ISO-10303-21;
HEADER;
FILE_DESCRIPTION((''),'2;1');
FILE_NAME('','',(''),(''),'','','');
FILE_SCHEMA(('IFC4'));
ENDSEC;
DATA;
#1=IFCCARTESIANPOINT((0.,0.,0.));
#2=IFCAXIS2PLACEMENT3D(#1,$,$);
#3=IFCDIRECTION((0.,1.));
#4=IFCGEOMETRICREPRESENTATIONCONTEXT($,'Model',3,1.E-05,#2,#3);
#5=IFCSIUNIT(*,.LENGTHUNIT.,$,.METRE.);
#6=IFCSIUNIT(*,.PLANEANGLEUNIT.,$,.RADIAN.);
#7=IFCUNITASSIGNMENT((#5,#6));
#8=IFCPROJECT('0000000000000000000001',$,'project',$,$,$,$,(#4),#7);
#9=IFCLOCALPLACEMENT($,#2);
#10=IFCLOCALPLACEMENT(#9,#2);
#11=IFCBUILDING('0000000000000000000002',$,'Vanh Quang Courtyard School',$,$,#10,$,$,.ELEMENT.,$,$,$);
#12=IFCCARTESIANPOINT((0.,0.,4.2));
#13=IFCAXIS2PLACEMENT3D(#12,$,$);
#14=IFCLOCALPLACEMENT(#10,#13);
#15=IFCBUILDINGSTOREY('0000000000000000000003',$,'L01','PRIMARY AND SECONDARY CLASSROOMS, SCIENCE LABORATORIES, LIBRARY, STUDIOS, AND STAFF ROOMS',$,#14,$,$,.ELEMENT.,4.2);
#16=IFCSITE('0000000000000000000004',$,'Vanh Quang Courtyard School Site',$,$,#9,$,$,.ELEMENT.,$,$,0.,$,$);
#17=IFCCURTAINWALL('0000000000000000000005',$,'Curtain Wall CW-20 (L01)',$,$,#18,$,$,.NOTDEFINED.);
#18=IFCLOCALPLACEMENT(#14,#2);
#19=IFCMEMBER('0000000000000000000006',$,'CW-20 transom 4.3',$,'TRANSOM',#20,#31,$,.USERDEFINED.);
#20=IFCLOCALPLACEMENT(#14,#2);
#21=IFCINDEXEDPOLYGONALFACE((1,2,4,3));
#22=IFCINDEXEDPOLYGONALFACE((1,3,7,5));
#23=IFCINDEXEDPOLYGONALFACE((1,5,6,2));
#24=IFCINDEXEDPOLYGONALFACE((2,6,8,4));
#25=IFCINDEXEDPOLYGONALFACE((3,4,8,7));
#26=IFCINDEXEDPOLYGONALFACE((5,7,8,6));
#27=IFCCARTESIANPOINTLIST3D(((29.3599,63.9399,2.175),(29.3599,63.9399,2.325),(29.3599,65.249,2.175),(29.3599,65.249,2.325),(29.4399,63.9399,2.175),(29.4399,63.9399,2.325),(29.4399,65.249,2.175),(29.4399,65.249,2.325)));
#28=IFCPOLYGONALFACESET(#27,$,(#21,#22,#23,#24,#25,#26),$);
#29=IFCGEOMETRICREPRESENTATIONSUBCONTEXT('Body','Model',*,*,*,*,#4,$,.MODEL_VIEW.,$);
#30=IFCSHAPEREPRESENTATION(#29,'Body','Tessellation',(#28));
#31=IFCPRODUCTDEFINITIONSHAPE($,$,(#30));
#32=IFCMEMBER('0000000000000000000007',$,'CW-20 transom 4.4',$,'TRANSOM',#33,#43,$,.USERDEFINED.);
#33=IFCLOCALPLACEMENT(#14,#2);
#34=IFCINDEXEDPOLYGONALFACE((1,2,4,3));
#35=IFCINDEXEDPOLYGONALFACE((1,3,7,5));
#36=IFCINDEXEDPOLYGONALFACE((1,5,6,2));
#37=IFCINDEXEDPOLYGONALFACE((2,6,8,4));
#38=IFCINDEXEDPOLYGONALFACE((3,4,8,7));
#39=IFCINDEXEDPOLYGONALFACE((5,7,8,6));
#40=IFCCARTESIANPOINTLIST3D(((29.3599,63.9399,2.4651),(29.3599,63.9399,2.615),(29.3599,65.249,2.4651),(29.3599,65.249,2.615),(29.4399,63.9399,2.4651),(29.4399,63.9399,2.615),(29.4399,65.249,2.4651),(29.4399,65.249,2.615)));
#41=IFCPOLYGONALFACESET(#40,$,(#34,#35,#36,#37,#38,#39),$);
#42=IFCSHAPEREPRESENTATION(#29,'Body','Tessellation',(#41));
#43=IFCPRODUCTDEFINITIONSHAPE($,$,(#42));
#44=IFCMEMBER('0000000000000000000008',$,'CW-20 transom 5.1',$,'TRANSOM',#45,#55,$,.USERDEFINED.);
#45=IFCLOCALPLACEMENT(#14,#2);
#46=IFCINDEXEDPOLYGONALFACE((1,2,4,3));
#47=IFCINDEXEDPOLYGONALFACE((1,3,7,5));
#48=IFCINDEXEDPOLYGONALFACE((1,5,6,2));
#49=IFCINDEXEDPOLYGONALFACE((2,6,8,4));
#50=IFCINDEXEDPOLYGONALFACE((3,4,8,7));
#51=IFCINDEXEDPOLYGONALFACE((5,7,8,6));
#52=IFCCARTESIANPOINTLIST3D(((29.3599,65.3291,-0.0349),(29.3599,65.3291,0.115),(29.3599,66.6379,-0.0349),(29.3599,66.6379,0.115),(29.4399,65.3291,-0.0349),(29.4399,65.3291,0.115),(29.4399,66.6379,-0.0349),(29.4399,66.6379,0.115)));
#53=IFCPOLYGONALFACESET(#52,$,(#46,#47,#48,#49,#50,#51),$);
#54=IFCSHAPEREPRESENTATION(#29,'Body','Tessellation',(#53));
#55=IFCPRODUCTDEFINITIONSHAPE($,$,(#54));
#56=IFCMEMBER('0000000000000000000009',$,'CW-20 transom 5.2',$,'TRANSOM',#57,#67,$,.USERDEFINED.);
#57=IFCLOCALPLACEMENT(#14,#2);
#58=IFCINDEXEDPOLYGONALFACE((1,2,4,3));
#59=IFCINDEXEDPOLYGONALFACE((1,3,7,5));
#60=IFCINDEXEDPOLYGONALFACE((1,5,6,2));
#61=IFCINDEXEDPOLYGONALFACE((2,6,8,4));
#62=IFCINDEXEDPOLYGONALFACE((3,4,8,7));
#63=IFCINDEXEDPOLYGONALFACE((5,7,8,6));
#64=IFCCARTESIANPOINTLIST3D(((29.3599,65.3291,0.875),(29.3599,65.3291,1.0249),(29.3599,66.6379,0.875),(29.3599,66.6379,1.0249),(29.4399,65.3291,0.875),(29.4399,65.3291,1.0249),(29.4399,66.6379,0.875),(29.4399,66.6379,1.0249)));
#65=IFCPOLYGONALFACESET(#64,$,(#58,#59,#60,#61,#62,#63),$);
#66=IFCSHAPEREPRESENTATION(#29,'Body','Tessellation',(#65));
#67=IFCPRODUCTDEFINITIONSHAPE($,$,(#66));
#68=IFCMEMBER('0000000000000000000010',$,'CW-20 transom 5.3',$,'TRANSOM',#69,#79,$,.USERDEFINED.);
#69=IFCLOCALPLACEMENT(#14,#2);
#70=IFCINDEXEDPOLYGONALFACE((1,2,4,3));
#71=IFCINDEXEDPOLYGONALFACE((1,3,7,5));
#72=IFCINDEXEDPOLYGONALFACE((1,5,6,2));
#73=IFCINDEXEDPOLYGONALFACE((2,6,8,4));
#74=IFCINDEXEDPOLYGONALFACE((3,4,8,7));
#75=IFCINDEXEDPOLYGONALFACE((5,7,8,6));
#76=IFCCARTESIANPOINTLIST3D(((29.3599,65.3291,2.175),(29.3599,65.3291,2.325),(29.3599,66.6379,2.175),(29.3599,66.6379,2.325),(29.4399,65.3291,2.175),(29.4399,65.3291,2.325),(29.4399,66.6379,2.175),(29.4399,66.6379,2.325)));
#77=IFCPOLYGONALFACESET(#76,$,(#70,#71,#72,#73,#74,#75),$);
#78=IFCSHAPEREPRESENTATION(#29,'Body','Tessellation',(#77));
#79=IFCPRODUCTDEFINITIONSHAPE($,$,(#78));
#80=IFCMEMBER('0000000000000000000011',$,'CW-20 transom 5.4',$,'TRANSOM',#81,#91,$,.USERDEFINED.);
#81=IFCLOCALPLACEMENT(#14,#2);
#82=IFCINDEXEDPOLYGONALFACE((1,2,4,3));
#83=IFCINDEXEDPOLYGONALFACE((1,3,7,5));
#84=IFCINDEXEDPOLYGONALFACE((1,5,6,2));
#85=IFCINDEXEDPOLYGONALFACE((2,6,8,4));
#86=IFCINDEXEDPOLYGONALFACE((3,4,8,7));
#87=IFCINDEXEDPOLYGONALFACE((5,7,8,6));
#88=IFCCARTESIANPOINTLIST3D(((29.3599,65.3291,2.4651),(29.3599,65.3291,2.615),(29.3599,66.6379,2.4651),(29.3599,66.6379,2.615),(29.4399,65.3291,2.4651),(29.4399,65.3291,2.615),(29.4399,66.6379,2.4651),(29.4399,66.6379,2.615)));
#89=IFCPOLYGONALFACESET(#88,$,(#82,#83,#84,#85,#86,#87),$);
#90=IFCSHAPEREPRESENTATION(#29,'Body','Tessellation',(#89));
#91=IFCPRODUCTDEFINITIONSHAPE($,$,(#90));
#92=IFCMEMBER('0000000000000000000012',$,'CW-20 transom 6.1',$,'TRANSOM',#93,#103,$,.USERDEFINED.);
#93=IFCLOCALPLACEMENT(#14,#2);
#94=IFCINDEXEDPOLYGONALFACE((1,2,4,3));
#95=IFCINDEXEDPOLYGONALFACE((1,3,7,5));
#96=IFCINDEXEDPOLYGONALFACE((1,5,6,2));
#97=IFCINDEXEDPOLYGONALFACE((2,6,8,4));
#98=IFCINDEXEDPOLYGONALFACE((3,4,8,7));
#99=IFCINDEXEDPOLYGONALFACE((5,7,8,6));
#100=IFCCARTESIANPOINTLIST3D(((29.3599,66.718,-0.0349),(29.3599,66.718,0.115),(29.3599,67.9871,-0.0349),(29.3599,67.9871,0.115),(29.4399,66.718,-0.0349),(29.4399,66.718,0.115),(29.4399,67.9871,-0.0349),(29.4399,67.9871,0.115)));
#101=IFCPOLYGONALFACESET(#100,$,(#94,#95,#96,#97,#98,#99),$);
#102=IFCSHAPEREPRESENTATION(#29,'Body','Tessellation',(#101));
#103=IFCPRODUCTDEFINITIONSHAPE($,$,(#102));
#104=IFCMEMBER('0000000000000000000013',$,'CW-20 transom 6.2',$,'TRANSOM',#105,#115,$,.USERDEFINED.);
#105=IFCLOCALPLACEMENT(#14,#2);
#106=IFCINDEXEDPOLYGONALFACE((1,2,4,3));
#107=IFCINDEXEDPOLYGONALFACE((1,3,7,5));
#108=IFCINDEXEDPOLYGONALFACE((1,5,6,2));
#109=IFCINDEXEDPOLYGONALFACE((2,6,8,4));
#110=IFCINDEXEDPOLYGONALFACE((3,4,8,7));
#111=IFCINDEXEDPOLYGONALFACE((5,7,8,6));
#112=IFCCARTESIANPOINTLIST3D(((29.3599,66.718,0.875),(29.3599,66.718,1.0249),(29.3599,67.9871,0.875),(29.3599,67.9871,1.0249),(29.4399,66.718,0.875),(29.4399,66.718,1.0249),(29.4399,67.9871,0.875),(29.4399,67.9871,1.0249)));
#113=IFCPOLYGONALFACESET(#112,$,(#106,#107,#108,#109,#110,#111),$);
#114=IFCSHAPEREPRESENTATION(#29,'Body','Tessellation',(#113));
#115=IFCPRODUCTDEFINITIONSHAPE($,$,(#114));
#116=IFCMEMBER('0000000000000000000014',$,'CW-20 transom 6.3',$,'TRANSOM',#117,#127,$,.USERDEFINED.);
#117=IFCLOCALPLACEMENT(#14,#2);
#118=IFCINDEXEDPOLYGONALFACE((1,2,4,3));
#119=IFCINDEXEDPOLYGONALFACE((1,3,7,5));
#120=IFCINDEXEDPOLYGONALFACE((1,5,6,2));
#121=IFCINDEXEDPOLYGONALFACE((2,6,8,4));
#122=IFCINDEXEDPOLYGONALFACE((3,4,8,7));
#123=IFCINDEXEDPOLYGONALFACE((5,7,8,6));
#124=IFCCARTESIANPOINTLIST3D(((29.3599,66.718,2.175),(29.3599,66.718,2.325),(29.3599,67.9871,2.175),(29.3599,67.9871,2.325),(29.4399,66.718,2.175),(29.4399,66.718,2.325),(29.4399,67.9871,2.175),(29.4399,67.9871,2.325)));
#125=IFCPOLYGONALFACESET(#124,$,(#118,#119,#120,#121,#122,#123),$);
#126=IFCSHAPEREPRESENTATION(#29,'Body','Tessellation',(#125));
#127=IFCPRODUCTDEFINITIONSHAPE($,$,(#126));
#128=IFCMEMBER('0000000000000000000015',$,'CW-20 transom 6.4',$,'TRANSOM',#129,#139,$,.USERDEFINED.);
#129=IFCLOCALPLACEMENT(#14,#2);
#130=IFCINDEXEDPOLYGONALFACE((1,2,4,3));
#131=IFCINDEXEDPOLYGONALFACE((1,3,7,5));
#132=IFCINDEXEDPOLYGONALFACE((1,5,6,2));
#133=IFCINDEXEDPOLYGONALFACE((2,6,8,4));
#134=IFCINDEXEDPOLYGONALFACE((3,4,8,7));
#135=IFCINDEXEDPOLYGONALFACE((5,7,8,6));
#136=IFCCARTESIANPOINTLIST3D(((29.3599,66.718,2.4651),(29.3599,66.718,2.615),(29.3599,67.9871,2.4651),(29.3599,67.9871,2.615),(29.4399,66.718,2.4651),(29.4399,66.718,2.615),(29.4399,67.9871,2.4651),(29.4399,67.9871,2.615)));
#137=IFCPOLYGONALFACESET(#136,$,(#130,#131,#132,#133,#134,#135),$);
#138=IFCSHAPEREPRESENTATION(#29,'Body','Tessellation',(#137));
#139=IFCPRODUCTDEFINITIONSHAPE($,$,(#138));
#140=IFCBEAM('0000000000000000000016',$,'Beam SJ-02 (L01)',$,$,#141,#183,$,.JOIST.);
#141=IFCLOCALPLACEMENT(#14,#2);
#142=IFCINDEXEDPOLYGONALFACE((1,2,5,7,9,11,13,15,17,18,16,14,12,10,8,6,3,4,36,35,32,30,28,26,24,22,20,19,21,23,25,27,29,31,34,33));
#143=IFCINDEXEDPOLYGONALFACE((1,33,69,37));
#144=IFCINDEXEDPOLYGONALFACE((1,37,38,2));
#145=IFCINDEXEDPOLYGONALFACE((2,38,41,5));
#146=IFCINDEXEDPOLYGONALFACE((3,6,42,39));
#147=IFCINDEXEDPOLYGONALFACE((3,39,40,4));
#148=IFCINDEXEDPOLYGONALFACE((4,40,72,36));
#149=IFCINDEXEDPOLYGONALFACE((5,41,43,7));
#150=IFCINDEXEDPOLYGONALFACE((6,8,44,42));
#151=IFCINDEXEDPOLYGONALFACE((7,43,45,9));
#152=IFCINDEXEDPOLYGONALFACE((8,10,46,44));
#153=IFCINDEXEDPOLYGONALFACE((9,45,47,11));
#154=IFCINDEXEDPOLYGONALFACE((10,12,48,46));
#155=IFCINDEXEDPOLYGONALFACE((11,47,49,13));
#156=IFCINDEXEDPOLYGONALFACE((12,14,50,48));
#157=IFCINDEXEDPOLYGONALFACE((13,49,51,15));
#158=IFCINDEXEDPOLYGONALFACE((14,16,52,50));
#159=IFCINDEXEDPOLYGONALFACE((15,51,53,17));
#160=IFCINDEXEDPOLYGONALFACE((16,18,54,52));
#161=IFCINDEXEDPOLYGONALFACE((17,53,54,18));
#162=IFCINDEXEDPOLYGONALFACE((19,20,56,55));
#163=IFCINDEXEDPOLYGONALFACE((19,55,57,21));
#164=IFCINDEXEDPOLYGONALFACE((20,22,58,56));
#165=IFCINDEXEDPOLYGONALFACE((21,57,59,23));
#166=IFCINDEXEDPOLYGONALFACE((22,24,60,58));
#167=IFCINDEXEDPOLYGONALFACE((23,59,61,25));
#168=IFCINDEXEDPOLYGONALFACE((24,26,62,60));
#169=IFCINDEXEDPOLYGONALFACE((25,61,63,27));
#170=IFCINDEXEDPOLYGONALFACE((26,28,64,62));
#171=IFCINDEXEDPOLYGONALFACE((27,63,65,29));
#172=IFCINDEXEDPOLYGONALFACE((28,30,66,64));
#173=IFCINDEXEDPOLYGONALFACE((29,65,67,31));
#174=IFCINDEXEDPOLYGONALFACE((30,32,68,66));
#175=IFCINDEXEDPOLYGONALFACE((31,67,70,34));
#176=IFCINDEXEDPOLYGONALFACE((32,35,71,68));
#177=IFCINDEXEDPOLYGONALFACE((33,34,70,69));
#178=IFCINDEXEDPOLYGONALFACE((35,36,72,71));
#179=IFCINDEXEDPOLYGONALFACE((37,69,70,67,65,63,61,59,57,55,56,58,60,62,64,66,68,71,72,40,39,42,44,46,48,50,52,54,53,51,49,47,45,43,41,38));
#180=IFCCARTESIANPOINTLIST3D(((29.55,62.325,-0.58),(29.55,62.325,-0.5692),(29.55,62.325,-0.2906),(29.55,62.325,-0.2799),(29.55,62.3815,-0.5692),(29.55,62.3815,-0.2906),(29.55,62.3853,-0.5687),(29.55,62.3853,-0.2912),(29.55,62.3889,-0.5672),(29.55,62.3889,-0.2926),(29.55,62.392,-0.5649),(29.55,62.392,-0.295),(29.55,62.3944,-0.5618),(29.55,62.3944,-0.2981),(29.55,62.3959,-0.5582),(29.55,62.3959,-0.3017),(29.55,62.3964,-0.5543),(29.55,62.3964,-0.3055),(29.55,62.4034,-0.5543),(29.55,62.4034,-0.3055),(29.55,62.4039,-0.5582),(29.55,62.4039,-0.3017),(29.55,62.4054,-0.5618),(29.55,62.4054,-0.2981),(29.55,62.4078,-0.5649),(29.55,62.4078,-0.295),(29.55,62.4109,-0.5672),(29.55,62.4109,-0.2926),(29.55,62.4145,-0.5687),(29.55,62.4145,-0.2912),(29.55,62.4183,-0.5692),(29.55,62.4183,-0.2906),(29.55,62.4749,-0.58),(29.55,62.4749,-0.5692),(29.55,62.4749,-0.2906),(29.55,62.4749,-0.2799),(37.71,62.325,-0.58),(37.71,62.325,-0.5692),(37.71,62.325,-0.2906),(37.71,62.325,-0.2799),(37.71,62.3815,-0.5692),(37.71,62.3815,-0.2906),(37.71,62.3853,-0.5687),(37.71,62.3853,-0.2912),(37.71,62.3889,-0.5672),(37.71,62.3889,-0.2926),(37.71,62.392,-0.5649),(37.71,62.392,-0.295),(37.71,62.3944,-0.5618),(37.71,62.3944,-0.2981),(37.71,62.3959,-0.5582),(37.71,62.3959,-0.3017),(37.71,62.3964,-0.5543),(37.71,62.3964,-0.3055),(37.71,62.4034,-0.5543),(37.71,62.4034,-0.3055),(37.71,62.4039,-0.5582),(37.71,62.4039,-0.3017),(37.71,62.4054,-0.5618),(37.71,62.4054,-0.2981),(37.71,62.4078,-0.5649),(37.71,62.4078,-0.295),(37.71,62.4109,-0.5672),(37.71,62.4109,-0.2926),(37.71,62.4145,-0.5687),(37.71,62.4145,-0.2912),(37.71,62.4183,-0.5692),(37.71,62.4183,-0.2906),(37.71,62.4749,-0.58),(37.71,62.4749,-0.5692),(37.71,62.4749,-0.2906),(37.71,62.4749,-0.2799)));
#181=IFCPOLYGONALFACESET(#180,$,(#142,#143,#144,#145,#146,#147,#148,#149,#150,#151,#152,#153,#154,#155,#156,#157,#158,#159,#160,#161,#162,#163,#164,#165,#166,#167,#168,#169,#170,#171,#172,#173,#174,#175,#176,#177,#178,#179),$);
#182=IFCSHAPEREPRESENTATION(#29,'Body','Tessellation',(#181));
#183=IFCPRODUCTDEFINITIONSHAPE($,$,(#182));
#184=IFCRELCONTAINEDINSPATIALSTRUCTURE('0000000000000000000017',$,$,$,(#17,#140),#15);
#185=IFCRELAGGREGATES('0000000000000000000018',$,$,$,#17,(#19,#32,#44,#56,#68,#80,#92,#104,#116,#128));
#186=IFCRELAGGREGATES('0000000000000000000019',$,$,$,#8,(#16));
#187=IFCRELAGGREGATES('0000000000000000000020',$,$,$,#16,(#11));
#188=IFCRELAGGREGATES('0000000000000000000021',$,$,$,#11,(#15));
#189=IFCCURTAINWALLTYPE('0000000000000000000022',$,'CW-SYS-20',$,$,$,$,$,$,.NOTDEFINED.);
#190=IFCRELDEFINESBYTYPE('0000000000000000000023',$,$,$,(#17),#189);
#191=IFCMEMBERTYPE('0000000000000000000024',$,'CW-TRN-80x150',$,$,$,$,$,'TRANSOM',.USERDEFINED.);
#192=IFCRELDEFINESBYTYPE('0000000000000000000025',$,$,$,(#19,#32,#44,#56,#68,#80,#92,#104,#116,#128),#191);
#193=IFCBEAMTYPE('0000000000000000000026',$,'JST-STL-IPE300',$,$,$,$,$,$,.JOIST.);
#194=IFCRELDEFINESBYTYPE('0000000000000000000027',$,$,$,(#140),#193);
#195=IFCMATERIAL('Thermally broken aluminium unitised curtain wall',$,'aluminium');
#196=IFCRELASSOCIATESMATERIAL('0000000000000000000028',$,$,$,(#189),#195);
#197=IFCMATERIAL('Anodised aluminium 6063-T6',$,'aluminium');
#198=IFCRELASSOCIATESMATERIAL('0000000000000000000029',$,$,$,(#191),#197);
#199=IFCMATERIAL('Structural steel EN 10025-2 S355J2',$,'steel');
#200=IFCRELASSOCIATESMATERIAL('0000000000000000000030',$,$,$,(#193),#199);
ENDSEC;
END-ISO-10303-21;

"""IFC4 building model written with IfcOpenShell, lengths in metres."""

from ifc_helpers import new_model, si_unit, direction, frame, origin, origin_2d, place, context, subcontext, project, spatial, rectangle, i_section, extrude, material, material_profile, profile_set, type_object, element, aggregate, save


model = new_model("IFC4")

# Units and contexts
model_context = context("Model", 3, precision=1e-05, world=origin(), true_north=direction((0.0, 1.0)))
body_context = subcontext(model_context, "Body", "Model", "MODEL_VIEW")
ifc_project = project(units=[si_unit("LENGTHUNIT", "METRE"), si_unit("PLANEANGLEUNIT", "RADIAN")], contexts=[model_context])

# Site, building, storey
site_placement = place(None, origin())
site = spatial("IfcSite", under=ifc_project, at=site_placement, Name="Vanh Quang Courtyard School Site", CompositionType="ELEMENT", RefElevation=0.0)
building_placement = place(site_placement, origin())
building = spatial("IfcBuilding", under=site, at=building_placement, Name="Vanh Quang Courtyard School", CompositionType="ELEMENT")
storey_placement = place(building_placement, frame((0.0, 0.0, 4.2)))
storey = spatial("IfcBuildingStorey", under=building, at=storey_placement, Name="L01", Description="PRIMARY AND SECONDARY CLASSROOMS, SCIENCE LABORATORIES, LIBRARY, STUDIOS, AND STAFF ROOMS", CompositionType="ELEMENT", Elevation=4.2)

# Shared definitions
ifc_material_1 = material(Name="Structural steel EN 10025-2 S355J2", Category="steel")

# Curtain wall, members
ifc_material_2 = material(Name="Thermally broken aluminium unitised curtain wall", Category="aluminium")
curtain_wall_type = type_object("IfcCurtainWallType", Name="CW-SYS-20", PredefinedType="NOTDEFINED", material=ifc_material_2)
curtain_wall_placement = place(storey_placement, origin())
curtain_wall = element("IfcCurtainWall", 1, at=curtain_wall_placement, inside=storey, type_object=curtain_wall_type, Name="Curtain Wall CW-20 (L01)", PredefinedType="NOTDEFINED")
ifc_material_3 = material(Name="Anodised aluminium 6063-T6", Category="aluminium")
ifc_material_profile_1 = material_profile(ifc_material_3, rectangle(XDim=0.0801, YDim=0.1499, at=origin_2d()), Name="ALU-TRN 80x150")
ifc_profile_set_1 = profile_set([ifc_material_profile_1], Name="Anodised aluminium 6063-T6")
member_type_1 = type_object("IfcMemberType", Name="CW-TRN-80x150", ElementType="TRANSOM", PredefinedType="USERDEFINED", material=ifc_profile_set_1)
member_1_placement = place(storey_placement, frame((29.3999, 63.9399, 2.25), z_axis=(0.0, 1.0, 0.0), x_axis=(-1.0, 0.0, 0.0)))
member_1 = element("IfcMember", 2, at=member_1_placement, type_object=member_type_1, Name="CW-20 transom 4.3", ObjectType="TRANSOM", PredefinedType="USERDEFINED", context=body_context, shape_type="SweptSolid", body=[
    extrude(rectangle(XDim=0.0801, YDim=0.1499, at=origin_2d()), origin(), (0.0, 0.0, 1.0), 1.3091),
])
member_2_placement = place(storey_placement, frame((29.3999, 63.9399, 2.54), z_axis=(0.0, 1.0, 0.0), x_axis=(-1.0, 0.0, 0.0)))
member_2 = element("IfcMember", 3, at=member_2_placement, type_object=member_type_1, Name="CW-20 transom 4.4", ObjectType="TRANSOM", PredefinedType="USERDEFINED", context=body_context, shape_type="SweptSolid", body=[
    extrude(rectangle(XDim=0.0801, YDim=0.1499, at=origin_2d()), origin(), (0.0, 0.0, 1.0), 1.3091),
])
member_3_placement = place(storey_placement, frame((29.3999, 65.3291, 0.04), z_axis=(0.0, 1.0, 0.0), x_axis=(-1.0, 0.0, 0.0)))
member_3 = element("IfcMember", 4, at=member_3_placement, type_object=member_type_1, Name="CW-20 transom 5.1", ObjectType="TRANSOM", PredefinedType="USERDEFINED", context=body_context, shape_type="SweptSolid", body=[
    extrude(rectangle(XDim=0.0801, YDim=0.1499, at=origin_2d()), origin(), (0.0, 0.0, 1.0), 1.3088),
])
member_4_placement = place(storey_placement, frame((29.3999, 65.3291, 0.95), z_axis=(0.0, 1.0, 0.0), x_axis=(-1.0, 0.0, 0.0)))
member_4 = element("IfcMember", 5, at=member_4_placement, type_object=member_type_1, Name="CW-20 transom 5.2", ObjectType="TRANSOM", PredefinedType="USERDEFINED", context=body_context, shape_type="SweptSolid", body=[
    extrude(rectangle(XDim=0.0801, YDim=0.1499, at=origin_2d()), origin(), (0.0, 0.0, 1.0), 1.3088),
])
member_5_placement = place(storey_placement, frame((29.3999, 65.3291, 2.25), z_axis=(0.0, 1.0, 0.0), x_axis=(-1.0, 0.0, 0.0)))
member_5 = element("IfcMember", 6, at=member_5_placement, type_object=member_type_1, Name="CW-20 transom 5.3", ObjectType="TRANSOM", PredefinedType="USERDEFINED", context=body_context, shape_type="SweptSolid", body=[
    extrude(rectangle(XDim=0.0801, YDim=0.1499, at=origin_2d()), origin(), (0.0, 0.0, 1.0), 1.3088),
])
member_6_placement = place(storey_placement, frame((29.3999, 65.3291, 2.54), z_axis=(0.0, 1.0, 0.0), x_axis=(-1.0, 0.0, 0.0)))
member_6 = element("IfcMember", 7, at=member_6_placement, type_object=member_type_1, Name="CW-20 transom 5.4", ObjectType="TRANSOM", PredefinedType="USERDEFINED", context=body_context, shape_type="SweptSolid", body=[
    extrude(rectangle(XDim=0.0801, YDim=0.1499, at=origin_2d()), origin(), (0.0, 0.0, 1.0), 1.3088),
])
member_7_placement = place(storey_placement, frame((29.3999, 66.718, 0.04), z_axis=(0.0, 1.0, 0.0), x_axis=(-1.0, 0.0, 0.0)))
member_7 = element("IfcMember", 8, at=member_7_placement, type_object=member_type_1, Name="CW-20 transom 6.1", ObjectType="TRANSOM", PredefinedType="USERDEFINED", context=body_context, shape_type="SweptSolid", body=[
    extrude(rectangle(XDim=0.0801, YDim=0.1499, at=origin_2d()), origin(), (0.0, 0.0, 1.0), 1.269),
])
member_8_placement = place(storey_placement, frame((29.3999, 66.718, 0.95), z_axis=(0.0, 1.0, 0.0), x_axis=(-1.0, 0.0, 0.0)))
member_8 = element("IfcMember", 9, at=member_8_placement, type_object=member_type_1, Name="CW-20 transom 6.2", ObjectType="TRANSOM", PredefinedType="USERDEFINED", context=body_context, shape_type="SweptSolid", body=[
    extrude(rectangle(XDim=0.0801, YDim=0.1499, at=origin_2d()), origin(), (0.0, 0.0, 1.0), 1.269),
])
member_9_placement = place(storey_placement, frame((29.3999, 66.718, 2.25), z_axis=(0.0, 1.0, 0.0), x_axis=(-1.0, 0.0, 0.0)))
member_9 = element("IfcMember", 10, at=member_9_placement, type_object=member_type_1, Name="CW-20 transom 6.3", ObjectType="TRANSOM", PredefinedType="USERDEFINED", context=body_context, shape_type="SweptSolid", body=[
    extrude(rectangle(XDim=0.0801, YDim=0.1499, at=origin_2d()), origin(), (0.0, 0.0, 1.0), 1.269),
])
member_10_placement = place(storey_placement, frame((29.3999, 66.718, 2.54), z_axis=(0.0, 1.0, 0.0), x_axis=(-1.0, 0.0, 0.0)))
member_10 = element("IfcMember", 11, at=member_10_placement, type_object=member_type_1, Name="CW-20 transom 6.4", ObjectType="TRANSOM", PredefinedType="USERDEFINED", context=body_context, shape_type="SweptSolid", body=[
    extrude(rectangle(XDim=0.0801, YDim=0.1499, at=origin_2d()), origin(), (0.0, 0.0, 1.0), 1.269),
])

# Beam
ifc_material_profile_2 = material_profile(ifc_material_1, i_section(OverallWidth=0.1499, OverallDepth=0.3, WebThickness=0.0071, FlangeThickness=0.0107, FilletRadius=0.0149, at=origin_2d()), Name="IPE 300")
ifc_profile_set_2 = profile_set([ifc_material_profile_2], Name="Structural steel EN 10025-2 S355J2")
beam_type_1 = type_object("IfcBeamType", Name="JST-STL-IPE300", PredefinedType="JOIST", material=ifc_profile_set_2)
for number, where, z_axis, x_axis, name in (
    (12, (29.55, 62.3999, -0.4299), (1.0, 0.0, 0.0), (0.0, 1.0, 0.0), "Beam SJ-02 (L01)"),
):
    element("IfcBeam", number, at=place(storey_placement, frame(where, z_axis=z_axis, x_axis=x_axis)), inside=storey, type_object=beam_type_1, Name=name, PredefinedType="JOIST", context=body_context, shape_type="SweptSolid", body=[
        extrude(i_section(OverallWidth=0.1499, OverallDepth=0.3, WebThickness=0.0071, FlangeThickness=0.0107, FilletRadius=0.0149, at=origin_2d()), origin(), (0.0, 0.0, 1.0), 8.1599),
    ])

aggregate(curtain_wall, [member_1, member_2, member_3, member_4, member_5, member_6, member_7, member_8, member_9, member_10])

save(model, "model.ifc")
